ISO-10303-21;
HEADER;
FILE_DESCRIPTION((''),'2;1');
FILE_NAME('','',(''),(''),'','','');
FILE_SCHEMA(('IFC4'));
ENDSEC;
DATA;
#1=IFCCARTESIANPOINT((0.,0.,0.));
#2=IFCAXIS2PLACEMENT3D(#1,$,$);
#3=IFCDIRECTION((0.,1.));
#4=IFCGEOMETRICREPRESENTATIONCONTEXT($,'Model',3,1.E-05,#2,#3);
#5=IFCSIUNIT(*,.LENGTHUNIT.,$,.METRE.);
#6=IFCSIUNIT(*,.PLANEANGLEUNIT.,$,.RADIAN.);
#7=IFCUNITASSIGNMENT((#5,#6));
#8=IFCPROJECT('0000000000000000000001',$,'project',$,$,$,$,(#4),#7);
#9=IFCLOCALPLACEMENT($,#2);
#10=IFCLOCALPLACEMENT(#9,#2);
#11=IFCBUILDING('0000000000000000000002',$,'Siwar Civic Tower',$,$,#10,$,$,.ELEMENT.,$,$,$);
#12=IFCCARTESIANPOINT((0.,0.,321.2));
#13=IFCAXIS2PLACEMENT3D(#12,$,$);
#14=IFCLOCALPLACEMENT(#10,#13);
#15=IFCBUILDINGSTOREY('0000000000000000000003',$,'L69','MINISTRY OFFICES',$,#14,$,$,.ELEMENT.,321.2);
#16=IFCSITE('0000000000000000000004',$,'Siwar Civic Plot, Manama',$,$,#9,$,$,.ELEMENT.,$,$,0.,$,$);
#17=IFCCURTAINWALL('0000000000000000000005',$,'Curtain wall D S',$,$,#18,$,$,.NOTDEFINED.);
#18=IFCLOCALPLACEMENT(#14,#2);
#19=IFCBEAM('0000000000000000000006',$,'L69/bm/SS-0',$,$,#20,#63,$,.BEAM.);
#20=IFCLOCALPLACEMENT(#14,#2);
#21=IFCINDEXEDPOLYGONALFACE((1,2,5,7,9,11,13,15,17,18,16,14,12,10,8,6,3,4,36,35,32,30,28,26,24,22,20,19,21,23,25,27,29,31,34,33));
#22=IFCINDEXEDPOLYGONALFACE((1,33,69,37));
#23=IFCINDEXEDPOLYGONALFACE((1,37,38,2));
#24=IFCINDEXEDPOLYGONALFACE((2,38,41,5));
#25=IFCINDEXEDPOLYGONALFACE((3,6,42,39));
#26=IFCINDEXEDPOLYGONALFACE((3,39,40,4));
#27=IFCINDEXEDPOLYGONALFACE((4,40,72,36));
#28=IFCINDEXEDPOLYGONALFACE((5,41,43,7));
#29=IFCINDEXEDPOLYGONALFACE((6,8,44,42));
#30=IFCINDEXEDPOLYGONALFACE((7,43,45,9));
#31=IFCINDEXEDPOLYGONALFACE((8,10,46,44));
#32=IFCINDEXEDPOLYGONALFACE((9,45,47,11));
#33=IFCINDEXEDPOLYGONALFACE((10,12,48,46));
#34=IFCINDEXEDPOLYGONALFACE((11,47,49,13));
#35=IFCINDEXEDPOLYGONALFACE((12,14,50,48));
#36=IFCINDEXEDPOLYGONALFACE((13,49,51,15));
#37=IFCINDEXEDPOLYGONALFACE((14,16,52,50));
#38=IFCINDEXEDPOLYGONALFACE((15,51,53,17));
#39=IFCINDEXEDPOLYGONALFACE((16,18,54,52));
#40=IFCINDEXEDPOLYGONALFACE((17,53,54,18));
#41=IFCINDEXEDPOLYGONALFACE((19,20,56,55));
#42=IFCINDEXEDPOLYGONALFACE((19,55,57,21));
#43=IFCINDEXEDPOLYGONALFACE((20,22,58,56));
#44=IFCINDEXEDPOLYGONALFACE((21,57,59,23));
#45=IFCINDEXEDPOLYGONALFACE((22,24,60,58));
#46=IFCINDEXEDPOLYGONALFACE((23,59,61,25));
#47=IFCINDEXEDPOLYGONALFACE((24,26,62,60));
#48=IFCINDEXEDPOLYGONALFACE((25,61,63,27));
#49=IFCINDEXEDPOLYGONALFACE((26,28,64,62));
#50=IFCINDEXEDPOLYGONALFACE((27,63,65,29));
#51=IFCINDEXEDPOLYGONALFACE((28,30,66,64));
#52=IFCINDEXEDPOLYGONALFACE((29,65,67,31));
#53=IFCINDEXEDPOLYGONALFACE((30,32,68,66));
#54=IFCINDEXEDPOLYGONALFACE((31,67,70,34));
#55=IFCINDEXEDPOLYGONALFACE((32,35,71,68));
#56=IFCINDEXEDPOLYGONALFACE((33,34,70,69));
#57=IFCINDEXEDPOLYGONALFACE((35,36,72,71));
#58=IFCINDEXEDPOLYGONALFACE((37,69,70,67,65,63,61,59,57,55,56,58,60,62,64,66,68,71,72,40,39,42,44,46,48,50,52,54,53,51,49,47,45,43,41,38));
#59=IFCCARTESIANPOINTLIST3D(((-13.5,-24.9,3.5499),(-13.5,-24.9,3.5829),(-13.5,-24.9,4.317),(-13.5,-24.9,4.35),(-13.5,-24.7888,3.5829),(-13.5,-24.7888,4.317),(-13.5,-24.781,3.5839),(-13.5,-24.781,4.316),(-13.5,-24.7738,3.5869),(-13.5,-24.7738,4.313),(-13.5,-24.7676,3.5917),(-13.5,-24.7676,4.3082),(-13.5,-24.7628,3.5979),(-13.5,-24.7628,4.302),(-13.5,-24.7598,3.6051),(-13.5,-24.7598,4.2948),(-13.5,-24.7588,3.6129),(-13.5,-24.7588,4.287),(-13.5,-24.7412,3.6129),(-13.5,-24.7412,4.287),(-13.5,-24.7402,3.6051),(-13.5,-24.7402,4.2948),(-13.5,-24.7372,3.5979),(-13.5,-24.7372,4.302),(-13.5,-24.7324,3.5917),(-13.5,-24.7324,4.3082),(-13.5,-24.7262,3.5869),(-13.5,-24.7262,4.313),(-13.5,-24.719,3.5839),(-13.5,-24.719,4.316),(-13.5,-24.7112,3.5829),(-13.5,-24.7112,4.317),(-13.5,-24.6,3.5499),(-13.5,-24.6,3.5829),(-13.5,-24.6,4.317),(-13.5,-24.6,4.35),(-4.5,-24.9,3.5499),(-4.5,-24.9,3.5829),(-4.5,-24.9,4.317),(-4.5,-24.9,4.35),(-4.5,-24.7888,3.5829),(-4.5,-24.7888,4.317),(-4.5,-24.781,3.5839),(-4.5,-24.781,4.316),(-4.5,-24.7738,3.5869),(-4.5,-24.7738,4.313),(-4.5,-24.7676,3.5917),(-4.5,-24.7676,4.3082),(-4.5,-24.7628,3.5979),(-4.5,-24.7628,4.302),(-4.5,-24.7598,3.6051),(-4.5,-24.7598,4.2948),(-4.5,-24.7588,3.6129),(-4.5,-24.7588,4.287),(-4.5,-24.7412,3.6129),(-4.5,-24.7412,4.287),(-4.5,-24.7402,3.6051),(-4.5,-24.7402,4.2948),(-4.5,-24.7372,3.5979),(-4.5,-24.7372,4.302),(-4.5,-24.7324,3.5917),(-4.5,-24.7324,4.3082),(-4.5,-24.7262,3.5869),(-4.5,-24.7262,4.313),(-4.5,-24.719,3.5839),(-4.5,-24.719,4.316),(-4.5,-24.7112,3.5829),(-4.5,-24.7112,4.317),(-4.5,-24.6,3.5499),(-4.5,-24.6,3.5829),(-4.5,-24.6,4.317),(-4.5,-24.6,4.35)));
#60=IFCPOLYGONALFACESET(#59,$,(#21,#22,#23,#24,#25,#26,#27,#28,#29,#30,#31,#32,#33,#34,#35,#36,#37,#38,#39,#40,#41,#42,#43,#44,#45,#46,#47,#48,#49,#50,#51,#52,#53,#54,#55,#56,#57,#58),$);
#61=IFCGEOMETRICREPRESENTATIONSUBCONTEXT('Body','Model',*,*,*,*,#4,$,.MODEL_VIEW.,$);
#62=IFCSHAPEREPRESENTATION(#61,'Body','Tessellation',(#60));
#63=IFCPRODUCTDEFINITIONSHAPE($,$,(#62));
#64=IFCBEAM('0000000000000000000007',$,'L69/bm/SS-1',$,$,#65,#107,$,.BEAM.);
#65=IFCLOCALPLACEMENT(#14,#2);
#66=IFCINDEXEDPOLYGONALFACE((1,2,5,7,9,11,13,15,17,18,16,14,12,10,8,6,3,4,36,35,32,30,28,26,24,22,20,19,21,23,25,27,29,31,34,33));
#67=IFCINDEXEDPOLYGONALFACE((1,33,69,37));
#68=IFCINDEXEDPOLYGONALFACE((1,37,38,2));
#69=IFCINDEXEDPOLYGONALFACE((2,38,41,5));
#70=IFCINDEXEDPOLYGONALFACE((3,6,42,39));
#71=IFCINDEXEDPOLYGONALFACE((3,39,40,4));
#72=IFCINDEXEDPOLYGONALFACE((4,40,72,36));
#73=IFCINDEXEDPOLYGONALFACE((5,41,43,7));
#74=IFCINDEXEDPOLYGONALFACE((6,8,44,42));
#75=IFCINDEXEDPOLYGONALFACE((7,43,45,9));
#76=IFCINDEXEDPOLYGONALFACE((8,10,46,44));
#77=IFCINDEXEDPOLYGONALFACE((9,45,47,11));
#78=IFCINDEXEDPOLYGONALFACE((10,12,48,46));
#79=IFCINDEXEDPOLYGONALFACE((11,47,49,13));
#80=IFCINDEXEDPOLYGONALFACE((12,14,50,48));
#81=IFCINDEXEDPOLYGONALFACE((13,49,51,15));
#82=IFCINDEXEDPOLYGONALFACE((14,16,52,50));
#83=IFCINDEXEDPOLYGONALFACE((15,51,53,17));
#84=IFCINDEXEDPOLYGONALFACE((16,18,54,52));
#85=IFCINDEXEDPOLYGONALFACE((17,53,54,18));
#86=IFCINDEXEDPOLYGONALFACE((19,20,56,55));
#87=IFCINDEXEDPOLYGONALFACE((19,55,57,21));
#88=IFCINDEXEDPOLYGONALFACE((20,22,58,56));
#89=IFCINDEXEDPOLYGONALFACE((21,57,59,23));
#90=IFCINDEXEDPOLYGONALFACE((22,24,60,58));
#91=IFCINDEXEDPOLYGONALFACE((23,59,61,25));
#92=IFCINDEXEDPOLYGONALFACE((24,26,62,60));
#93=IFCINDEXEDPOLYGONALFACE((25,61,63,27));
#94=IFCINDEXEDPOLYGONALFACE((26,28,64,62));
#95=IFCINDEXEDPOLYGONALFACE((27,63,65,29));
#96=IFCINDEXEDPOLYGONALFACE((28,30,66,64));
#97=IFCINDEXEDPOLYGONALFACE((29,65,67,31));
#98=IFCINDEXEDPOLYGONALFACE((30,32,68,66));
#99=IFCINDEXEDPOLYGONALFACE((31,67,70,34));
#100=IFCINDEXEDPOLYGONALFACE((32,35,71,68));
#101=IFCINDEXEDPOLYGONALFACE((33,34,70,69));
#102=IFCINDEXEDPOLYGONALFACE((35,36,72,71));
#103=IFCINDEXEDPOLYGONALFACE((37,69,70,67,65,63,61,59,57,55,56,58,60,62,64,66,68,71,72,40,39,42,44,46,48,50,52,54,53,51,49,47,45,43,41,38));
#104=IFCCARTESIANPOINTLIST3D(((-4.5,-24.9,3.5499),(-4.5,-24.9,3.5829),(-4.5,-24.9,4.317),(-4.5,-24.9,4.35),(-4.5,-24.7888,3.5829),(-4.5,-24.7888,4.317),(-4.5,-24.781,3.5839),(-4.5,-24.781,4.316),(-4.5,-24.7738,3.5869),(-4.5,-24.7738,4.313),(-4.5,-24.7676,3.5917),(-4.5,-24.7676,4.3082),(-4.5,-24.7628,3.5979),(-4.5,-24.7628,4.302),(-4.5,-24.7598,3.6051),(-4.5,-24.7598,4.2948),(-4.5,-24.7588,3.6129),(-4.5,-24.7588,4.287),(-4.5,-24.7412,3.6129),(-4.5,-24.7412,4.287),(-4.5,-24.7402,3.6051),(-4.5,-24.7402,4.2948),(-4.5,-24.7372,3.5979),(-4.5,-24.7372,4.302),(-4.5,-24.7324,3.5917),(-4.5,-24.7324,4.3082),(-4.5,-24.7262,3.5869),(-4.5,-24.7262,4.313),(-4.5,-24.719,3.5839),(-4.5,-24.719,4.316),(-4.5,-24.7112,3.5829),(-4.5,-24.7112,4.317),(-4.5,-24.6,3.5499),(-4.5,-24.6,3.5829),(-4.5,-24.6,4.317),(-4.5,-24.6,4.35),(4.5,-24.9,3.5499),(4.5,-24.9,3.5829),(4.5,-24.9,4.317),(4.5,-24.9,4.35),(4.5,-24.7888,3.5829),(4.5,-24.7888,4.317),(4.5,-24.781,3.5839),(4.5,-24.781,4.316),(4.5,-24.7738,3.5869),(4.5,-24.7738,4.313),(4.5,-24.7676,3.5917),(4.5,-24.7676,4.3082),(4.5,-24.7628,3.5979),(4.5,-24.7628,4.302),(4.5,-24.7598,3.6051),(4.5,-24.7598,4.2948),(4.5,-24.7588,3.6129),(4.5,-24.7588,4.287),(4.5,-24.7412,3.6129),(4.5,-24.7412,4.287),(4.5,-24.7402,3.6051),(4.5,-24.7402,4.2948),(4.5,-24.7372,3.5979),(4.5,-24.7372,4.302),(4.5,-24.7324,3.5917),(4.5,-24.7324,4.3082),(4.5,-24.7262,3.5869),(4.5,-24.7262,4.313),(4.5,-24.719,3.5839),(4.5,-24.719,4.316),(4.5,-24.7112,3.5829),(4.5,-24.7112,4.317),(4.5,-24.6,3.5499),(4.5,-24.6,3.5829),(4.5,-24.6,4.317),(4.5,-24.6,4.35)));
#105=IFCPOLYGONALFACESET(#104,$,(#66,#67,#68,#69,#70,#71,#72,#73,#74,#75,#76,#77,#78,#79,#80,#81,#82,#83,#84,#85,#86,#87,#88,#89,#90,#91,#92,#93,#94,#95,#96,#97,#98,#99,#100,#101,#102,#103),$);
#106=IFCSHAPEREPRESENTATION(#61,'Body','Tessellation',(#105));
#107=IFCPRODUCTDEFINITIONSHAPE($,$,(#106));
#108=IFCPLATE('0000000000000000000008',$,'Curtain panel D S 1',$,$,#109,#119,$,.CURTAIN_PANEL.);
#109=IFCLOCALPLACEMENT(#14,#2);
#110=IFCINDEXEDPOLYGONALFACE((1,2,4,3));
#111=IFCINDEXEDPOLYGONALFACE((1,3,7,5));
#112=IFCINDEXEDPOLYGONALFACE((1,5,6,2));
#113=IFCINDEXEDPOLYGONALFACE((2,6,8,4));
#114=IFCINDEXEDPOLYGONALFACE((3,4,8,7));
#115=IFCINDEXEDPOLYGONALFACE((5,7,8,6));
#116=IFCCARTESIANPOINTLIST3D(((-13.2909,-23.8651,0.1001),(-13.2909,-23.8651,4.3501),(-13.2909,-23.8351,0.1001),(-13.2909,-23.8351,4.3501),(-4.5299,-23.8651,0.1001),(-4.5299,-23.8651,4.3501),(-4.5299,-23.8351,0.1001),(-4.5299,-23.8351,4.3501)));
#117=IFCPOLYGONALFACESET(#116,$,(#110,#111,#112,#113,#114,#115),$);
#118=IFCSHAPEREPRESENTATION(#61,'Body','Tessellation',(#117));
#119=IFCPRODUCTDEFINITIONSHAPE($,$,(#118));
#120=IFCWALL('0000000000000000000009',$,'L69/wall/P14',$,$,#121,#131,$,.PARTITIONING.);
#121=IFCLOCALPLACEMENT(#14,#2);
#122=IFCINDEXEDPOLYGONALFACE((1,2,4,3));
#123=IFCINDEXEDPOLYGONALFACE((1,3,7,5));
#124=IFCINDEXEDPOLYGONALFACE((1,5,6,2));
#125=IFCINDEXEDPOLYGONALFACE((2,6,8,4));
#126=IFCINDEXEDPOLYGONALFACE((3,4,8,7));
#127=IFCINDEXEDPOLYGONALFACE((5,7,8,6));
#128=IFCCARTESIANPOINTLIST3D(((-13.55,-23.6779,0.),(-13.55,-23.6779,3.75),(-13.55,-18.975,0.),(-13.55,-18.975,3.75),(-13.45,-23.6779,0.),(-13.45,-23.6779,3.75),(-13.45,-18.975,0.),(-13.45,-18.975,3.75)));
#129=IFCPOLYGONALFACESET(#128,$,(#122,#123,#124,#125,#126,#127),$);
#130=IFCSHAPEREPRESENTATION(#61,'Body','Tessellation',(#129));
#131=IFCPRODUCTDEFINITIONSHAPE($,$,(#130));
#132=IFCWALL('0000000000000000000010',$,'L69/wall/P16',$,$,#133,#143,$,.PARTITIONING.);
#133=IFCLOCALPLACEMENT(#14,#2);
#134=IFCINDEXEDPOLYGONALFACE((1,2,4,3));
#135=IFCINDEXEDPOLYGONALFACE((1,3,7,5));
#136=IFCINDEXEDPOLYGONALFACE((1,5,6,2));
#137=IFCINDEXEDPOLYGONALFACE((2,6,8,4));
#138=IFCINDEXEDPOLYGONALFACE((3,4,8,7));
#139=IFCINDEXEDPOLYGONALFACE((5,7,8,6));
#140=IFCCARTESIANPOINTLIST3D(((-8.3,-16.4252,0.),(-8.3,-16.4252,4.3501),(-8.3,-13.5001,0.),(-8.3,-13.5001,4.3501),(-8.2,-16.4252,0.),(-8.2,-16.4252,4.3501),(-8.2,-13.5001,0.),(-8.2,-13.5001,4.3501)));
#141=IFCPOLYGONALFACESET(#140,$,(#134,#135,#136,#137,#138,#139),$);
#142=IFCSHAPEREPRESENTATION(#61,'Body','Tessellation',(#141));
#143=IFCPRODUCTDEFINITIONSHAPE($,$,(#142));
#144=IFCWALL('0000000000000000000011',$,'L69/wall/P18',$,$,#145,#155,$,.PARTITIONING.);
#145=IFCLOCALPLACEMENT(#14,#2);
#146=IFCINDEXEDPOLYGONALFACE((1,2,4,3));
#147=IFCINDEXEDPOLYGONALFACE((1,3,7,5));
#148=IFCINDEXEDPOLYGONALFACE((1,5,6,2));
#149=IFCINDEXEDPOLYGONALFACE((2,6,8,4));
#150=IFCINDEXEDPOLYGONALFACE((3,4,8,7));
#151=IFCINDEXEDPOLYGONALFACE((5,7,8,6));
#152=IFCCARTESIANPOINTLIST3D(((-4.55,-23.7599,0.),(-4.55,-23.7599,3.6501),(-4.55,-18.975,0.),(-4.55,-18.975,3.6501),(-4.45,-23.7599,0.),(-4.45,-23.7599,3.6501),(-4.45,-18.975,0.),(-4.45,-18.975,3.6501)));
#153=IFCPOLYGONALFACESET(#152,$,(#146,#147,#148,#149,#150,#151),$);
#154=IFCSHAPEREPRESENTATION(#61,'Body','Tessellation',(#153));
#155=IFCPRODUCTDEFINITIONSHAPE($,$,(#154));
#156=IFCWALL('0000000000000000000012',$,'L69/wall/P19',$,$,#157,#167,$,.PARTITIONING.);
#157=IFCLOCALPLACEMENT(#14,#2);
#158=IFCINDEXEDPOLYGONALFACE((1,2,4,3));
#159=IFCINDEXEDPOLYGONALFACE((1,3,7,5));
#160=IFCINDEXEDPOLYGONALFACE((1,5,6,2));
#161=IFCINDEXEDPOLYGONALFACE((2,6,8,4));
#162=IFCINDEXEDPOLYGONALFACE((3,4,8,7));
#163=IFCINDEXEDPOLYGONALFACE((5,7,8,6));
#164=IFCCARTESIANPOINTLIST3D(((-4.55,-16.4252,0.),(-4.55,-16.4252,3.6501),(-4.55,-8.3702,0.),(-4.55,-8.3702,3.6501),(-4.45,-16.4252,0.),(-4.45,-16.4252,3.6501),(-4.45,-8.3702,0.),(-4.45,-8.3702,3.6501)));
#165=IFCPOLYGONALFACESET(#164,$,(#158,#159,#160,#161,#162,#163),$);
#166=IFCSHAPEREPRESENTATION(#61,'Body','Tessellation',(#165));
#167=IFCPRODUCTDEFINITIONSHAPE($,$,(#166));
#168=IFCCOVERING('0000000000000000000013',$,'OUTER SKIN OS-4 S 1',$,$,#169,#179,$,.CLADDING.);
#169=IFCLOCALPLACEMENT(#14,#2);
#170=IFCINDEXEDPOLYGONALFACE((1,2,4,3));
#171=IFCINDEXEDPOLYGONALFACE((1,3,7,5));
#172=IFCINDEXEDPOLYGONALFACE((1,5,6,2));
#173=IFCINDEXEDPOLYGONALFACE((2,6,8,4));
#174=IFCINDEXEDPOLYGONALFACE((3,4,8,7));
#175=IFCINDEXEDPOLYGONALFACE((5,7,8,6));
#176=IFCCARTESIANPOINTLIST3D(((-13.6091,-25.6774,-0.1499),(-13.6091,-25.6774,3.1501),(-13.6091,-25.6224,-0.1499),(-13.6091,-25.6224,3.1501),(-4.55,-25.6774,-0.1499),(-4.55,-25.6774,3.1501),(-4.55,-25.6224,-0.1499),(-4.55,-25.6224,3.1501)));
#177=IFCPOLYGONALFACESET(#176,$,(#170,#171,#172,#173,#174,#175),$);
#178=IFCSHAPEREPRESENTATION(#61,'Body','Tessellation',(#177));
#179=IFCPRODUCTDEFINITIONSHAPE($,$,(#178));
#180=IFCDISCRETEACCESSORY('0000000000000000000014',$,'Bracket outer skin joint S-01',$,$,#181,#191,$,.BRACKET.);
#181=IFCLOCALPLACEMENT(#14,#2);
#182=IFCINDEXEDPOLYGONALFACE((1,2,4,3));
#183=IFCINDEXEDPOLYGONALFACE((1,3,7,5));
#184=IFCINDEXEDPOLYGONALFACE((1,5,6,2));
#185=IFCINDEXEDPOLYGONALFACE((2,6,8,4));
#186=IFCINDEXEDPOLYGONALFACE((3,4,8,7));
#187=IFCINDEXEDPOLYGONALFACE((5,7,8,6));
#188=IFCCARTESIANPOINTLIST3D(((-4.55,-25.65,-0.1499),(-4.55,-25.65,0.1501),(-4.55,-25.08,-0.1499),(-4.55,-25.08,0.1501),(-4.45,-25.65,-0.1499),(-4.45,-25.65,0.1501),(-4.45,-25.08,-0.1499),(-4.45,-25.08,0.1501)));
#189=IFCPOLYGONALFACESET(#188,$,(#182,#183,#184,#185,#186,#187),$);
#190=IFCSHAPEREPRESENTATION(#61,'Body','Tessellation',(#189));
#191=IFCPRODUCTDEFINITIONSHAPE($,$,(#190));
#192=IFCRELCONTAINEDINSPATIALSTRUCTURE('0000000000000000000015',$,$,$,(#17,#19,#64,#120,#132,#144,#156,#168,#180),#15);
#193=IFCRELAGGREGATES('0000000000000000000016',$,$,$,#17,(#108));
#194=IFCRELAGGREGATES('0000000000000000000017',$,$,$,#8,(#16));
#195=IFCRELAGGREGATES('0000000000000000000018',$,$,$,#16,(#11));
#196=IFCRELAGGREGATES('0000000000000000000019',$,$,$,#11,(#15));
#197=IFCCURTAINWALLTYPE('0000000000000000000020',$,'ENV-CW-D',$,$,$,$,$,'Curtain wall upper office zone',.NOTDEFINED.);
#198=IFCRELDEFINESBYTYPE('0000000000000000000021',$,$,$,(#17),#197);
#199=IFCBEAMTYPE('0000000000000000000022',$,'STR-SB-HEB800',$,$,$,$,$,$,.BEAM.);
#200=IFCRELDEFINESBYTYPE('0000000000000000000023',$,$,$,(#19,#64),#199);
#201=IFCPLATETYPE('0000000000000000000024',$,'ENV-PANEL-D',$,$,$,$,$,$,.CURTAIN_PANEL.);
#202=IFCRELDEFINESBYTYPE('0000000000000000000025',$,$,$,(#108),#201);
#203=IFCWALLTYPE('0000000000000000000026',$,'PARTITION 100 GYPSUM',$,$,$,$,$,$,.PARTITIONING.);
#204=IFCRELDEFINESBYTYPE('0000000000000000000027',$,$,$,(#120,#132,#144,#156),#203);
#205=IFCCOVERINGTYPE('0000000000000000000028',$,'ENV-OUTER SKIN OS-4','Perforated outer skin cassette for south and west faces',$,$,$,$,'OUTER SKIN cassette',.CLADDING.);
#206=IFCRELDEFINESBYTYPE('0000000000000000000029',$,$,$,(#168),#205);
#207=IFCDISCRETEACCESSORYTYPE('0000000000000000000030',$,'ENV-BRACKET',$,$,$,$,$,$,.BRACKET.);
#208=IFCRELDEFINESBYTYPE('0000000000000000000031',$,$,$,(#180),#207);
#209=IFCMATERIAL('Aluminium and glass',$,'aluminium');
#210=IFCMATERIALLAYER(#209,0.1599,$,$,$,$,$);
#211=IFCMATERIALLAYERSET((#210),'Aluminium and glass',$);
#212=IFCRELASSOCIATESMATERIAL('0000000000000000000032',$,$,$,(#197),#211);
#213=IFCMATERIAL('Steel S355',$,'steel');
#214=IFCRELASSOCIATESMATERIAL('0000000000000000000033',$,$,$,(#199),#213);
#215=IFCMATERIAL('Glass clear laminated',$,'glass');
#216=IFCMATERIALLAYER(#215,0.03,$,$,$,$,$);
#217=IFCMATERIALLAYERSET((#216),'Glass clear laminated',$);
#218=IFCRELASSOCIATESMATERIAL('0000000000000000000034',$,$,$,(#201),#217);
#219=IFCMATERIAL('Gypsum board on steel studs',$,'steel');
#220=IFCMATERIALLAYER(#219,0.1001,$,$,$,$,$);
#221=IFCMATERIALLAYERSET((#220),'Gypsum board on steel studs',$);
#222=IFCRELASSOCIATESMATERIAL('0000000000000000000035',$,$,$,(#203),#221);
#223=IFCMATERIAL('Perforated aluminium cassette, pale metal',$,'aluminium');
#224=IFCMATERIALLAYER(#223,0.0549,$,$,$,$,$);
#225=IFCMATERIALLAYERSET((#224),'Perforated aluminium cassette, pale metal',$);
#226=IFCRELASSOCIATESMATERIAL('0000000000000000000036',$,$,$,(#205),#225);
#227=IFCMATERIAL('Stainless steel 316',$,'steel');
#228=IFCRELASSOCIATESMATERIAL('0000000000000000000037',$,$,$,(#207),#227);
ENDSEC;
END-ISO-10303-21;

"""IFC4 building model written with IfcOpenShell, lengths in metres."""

from ifc_helpers import new_model, si_unit, direction, frame, frame_2d, origin, origin_2d, place, context, subcontext, project, spatial, rectangle, i_section, extrude, material, layer, layer_set, material_profile, profile_set, type_object, element, aggregate, save


model = new_model("IFC4")

# Units and contexts
model_context = context("Model", 3, precision=1e-05, world=origin(), true_north=direction((0.0, 1.0)))
body_context = subcontext(model_context, "Body", "Model", "MODEL_VIEW")
ifc_project = project(units=[si_unit("LENGTHUNIT", "METRE"), si_unit("PLANEANGLEUNIT", "RADIAN")], contexts=[model_context])

# Site, building, storey
site_placement = place(None, origin())
site = spatial("IfcSite", under=ifc_project, at=site_placement, Name="Siwar Civic Plot, Manama", CompositionType="ELEMENT", RefElevation=0.0)
building_placement = place(site_placement, origin())
building = spatial("IfcBuilding", under=site, at=building_placement, Name="Siwar Civic Tower", CompositionType="ELEMENT")
storey_placement = place(building_placement, frame((0.0, 0.0, 321.2)))
storey = spatial("IfcBuildingStorey", under=building, at=storey_placement, Name="L69", Description="MINISTRY OFFICES", CompositionType="ELEMENT", Elevation=321.2)

# Curtain wall
ifc_material_1 = material(Name="Aluminium and glass", Category="aluminium")
ifc_layer_1 = layer(ifc_material_1, 0.1599)
ifc_layer_set_1 = layer_set([ifc_layer_1], Name="Aluminium and glass")
curtain_wall_type = type_object("IfcCurtainWallType", Name="ENV-CW-D", ElementType="Curtain wall upper office zone", PredefinedType="NOTDEFINED", material=ifc_layer_set_1)
curtain_wall_placement = place(storey_placement, origin())
curtain_wall = element("IfcCurtainWall", 1, at=curtain_wall_placement, inside=storey, type_object=curtain_wall_type, Name="Curtain wall D S", PredefinedType="NOTDEFINED")

# Beams
ifc_material_2 = material(Name="Steel S355", Category="steel")
ifc_material_profile_1 = material_profile(ifc_material_2, i_section(OverallWidth=0.3, OverallDepth=0.8, WebThickness=0.0176, FlangeThickness=0.033, FilletRadius=0.03, at=origin_2d()), Name="HEB800")
ifc_profile_set_1 = profile_set([ifc_material_profile_1], Name="Steel S355")
beam_type_1 = type_object("IfcBeamType", Name="STR-SB-HEB800", PredefinedType="BEAM", material=ifc_profile_set_1)
for number, where, z_axis, x_axis, name in (
    (2, (-13.5, -24.75, 3.95), (1.0, 0.0, 0.0), (0.0, 1.0, 0.0), "L69/bm/SS-0"),
    (3, (-4.5, -24.75, 3.95), (1.0, 0.0, 0.0), (0.0, 1.0, 0.0), "L69/bm/SS-1"),
):
    element("IfcBeam", number, at=place(storey_placement, frame(where, z_axis=z_axis, x_axis=x_axis)), inside=storey, type_object=beam_type_1, Name=name, PredefinedType="BEAM", context=body_context, shape_type="SweptSolid", body=[
        extrude(i_section(OverallWidth=0.3, OverallDepth=0.8, WebThickness=0.0176, FlangeThickness=0.033, FilletRadius=0.03, at=origin_2d()), origin(), (0.0, 0.0, 1.0), 9.0),
    ])

# Plate
ifc_material_3 = material(Name="Glass clear laminated", Category="glass")
ifc_layer_2 = layer(ifc_material_3, 0.03)
ifc_layer_set_2 = layer_set([ifc_layer_2], Name="Glass clear laminated")
plate_type = type_object("IfcPlateType", Name="ENV-PANEL-D", PredefinedType="CURTAIN_PANEL", material=ifc_layer_set_2)
plate_placement = place(storey_placement, frame((-8.9104, -23.8501, 0.1001), z_axis=(0.0, 0.0, 1.0), x_axis=(1.0, 0.0, 0.0)))
plate = element("IfcPlate", 4, at=plate_placement, type_object=plate_type, Name="Curtain panel D S 1", PredefinedType="CURTAIN_PANEL", context=body_context, shape_type="SweptSolid", body=[
    extrude(rectangle(XDim=8.761, YDim=0.03, at=origin_2d()), origin(), (0.0, 0.0, 1.0), 4.25),
])
aggregate(curtain_wall, [plate])

# Walls
ifc_material_4 = material(Name="Gypsum board on steel studs", Category="steel")
ifc_layer_3 = layer(ifc_material_4, 0.1001)
ifc_layer_set_3 = layer_set([ifc_layer_3], Name="Gypsum board on steel studs")
wall_type = type_object("IfcWallType", Name="PARTITION 100 GYPSUM", PredefinedType="PARTITIONING", material=ifc_layer_set_3)
wall_1_placement = place(storey_placement, frame((-13.5, -23.678, 0.0), z_axis=(0.0, 0.0, 1.0), x_axis=(0.0, 1.0, 0.0)))
element("IfcWall", 5, at=wall_1_placement, inside=storey, type_object=wall_type, Name="L69/wall/P14", PredefinedType="PARTITIONING", context=body_context, shape_type="SweptSolid", body=[
    extrude(rectangle(XDim=4.7029, YDim=0.1001, at=frame_2d((2.3516, 0.0))), origin(), (0.0, 0.0, 1.0), 3.75),
])
wall_2_placement = place(storey_placement, frame((-8.25, -16.425, 0.0), z_axis=(0.0, 0.0, 1.0), x_axis=(0.0, 1.0, 0.0)))
element("IfcWall", 6, at=wall_2_placement, inside=storey, type_object=wall_type, Name="L69/wall/P16", PredefinedType="PARTITIONING", context=body_context, shape_type="SweptSolid", body=[
    extrude(rectangle(XDim=2.925, YDim=0.1001, at=frame_2d((1.4624, 0.0))), origin(), (0.0, 0.0, 1.0), 4.3501),
])
wall_3_placement = place(storey_placement, frame((-4.5, -23.76, 0.0), z_axis=(0.0, 0.0, 1.0), x_axis=(0.0, 1.0, 0.0)))
element("IfcWall", 7, at=wall_3_placement, inside=storey, type_object=wall_type, Name="L69/wall/P18", PredefinedType="PARTITIONING", context=body_context, shape_type="SweptSolid", body=[
    extrude(rectangle(XDim=4.7849, YDim=0.1001, at=frame_2d((2.3926, 0.0))), origin(), (0.0, 0.0, 1.0), 3.6501),
])
wall_4_placement = place(storey_placement, frame((-4.5, -16.425, 0.0), z_axis=(0.0, 0.0, 1.0), x_axis=(0.0, 1.0, 0.0)))
element("IfcWall", 8, at=wall_4_placement, inside=storey, type_object=wall_type, Name="L69/wall/P19", PredefinedType="PARTITIONING", context=body_context, shape_type="SweptSolid", body=[
    extrude(rectangle(XDim=8.0549, YDim=0.1001, at=frame_2d((4.0273, 0.0))), origin(), (0.0, 0.0, 1.0), 3.6501),
])

# Covering
ifc_material_5 = material(Name="Perforated aluminium cassette, pale metal", Category="aluminium")
ifc_layer_4 = layer(ifc_material_5, 0.0549)
ifc_layer_set_4 = layer_set([ifc_layer_4], Name="Perforated aluminium cassette, pale metal")
covering_type = type_object("IfcCoveringType", Name="ENV-OUTER SKIN OS-4", Description="Perforated outer skin cassette for south and west faces", ElementType="OUTER SKIN cassette", PredefinedType="CLADDING", material=ifc_layer_set_4)
covering_placement = place(storey_placement, frame((-9.0796, -25.6499, -0.1499), z_axis=(0.0, 0.0, 1.0), x_axis=(1.0, 0.0, 0.0)))
element("IfcCovering", 9, at=covering_placement, inside=storey, type_object=covering_type, Name="OUTER SKIN OS-4 S 1", PredefinedType="CLADDING", context=body_context, shape_type="SweptSolid", body=[
    extrude(rectangle(XDim=9.0591, YDim=0.0549, at=origin_2d()), origin(), (0.0, 0.0, 1.0), 3.3),
])

# Discrete accessory
ifc_material_6 = material(Name="Stainless steel 316", Category="steel")
discrete_accessory_type = type_object("IfcDiscreteAccessoryType", Name="ENV-BRACKET", PredefinedType="BRACKET", material=ifc_material_6)
discrete_accessory_placement = place(storey_placement, frame((-4.5, -25.365, -0.1499), z_axis=(0.0, 0.0, 1.0), x_axis=(0.0, -1.0, 0.0)))
element("IfcDiscreteAccessory", 10, at=discrete_accessory_placement, inside=storey, type_object=discrete_accessory_type, Name="Bracket outer skin joint S-01", PredefinedType="BRACKET", context=body_context, shape_type="SweptSolid", body=[
    extrude(rectangle(XDim=0.5701, YDim=0.1001, at=origin_2d()), origin(), (0.0, 0.0, 1.0), 0.3),
])

save(model, "model.ifc")
